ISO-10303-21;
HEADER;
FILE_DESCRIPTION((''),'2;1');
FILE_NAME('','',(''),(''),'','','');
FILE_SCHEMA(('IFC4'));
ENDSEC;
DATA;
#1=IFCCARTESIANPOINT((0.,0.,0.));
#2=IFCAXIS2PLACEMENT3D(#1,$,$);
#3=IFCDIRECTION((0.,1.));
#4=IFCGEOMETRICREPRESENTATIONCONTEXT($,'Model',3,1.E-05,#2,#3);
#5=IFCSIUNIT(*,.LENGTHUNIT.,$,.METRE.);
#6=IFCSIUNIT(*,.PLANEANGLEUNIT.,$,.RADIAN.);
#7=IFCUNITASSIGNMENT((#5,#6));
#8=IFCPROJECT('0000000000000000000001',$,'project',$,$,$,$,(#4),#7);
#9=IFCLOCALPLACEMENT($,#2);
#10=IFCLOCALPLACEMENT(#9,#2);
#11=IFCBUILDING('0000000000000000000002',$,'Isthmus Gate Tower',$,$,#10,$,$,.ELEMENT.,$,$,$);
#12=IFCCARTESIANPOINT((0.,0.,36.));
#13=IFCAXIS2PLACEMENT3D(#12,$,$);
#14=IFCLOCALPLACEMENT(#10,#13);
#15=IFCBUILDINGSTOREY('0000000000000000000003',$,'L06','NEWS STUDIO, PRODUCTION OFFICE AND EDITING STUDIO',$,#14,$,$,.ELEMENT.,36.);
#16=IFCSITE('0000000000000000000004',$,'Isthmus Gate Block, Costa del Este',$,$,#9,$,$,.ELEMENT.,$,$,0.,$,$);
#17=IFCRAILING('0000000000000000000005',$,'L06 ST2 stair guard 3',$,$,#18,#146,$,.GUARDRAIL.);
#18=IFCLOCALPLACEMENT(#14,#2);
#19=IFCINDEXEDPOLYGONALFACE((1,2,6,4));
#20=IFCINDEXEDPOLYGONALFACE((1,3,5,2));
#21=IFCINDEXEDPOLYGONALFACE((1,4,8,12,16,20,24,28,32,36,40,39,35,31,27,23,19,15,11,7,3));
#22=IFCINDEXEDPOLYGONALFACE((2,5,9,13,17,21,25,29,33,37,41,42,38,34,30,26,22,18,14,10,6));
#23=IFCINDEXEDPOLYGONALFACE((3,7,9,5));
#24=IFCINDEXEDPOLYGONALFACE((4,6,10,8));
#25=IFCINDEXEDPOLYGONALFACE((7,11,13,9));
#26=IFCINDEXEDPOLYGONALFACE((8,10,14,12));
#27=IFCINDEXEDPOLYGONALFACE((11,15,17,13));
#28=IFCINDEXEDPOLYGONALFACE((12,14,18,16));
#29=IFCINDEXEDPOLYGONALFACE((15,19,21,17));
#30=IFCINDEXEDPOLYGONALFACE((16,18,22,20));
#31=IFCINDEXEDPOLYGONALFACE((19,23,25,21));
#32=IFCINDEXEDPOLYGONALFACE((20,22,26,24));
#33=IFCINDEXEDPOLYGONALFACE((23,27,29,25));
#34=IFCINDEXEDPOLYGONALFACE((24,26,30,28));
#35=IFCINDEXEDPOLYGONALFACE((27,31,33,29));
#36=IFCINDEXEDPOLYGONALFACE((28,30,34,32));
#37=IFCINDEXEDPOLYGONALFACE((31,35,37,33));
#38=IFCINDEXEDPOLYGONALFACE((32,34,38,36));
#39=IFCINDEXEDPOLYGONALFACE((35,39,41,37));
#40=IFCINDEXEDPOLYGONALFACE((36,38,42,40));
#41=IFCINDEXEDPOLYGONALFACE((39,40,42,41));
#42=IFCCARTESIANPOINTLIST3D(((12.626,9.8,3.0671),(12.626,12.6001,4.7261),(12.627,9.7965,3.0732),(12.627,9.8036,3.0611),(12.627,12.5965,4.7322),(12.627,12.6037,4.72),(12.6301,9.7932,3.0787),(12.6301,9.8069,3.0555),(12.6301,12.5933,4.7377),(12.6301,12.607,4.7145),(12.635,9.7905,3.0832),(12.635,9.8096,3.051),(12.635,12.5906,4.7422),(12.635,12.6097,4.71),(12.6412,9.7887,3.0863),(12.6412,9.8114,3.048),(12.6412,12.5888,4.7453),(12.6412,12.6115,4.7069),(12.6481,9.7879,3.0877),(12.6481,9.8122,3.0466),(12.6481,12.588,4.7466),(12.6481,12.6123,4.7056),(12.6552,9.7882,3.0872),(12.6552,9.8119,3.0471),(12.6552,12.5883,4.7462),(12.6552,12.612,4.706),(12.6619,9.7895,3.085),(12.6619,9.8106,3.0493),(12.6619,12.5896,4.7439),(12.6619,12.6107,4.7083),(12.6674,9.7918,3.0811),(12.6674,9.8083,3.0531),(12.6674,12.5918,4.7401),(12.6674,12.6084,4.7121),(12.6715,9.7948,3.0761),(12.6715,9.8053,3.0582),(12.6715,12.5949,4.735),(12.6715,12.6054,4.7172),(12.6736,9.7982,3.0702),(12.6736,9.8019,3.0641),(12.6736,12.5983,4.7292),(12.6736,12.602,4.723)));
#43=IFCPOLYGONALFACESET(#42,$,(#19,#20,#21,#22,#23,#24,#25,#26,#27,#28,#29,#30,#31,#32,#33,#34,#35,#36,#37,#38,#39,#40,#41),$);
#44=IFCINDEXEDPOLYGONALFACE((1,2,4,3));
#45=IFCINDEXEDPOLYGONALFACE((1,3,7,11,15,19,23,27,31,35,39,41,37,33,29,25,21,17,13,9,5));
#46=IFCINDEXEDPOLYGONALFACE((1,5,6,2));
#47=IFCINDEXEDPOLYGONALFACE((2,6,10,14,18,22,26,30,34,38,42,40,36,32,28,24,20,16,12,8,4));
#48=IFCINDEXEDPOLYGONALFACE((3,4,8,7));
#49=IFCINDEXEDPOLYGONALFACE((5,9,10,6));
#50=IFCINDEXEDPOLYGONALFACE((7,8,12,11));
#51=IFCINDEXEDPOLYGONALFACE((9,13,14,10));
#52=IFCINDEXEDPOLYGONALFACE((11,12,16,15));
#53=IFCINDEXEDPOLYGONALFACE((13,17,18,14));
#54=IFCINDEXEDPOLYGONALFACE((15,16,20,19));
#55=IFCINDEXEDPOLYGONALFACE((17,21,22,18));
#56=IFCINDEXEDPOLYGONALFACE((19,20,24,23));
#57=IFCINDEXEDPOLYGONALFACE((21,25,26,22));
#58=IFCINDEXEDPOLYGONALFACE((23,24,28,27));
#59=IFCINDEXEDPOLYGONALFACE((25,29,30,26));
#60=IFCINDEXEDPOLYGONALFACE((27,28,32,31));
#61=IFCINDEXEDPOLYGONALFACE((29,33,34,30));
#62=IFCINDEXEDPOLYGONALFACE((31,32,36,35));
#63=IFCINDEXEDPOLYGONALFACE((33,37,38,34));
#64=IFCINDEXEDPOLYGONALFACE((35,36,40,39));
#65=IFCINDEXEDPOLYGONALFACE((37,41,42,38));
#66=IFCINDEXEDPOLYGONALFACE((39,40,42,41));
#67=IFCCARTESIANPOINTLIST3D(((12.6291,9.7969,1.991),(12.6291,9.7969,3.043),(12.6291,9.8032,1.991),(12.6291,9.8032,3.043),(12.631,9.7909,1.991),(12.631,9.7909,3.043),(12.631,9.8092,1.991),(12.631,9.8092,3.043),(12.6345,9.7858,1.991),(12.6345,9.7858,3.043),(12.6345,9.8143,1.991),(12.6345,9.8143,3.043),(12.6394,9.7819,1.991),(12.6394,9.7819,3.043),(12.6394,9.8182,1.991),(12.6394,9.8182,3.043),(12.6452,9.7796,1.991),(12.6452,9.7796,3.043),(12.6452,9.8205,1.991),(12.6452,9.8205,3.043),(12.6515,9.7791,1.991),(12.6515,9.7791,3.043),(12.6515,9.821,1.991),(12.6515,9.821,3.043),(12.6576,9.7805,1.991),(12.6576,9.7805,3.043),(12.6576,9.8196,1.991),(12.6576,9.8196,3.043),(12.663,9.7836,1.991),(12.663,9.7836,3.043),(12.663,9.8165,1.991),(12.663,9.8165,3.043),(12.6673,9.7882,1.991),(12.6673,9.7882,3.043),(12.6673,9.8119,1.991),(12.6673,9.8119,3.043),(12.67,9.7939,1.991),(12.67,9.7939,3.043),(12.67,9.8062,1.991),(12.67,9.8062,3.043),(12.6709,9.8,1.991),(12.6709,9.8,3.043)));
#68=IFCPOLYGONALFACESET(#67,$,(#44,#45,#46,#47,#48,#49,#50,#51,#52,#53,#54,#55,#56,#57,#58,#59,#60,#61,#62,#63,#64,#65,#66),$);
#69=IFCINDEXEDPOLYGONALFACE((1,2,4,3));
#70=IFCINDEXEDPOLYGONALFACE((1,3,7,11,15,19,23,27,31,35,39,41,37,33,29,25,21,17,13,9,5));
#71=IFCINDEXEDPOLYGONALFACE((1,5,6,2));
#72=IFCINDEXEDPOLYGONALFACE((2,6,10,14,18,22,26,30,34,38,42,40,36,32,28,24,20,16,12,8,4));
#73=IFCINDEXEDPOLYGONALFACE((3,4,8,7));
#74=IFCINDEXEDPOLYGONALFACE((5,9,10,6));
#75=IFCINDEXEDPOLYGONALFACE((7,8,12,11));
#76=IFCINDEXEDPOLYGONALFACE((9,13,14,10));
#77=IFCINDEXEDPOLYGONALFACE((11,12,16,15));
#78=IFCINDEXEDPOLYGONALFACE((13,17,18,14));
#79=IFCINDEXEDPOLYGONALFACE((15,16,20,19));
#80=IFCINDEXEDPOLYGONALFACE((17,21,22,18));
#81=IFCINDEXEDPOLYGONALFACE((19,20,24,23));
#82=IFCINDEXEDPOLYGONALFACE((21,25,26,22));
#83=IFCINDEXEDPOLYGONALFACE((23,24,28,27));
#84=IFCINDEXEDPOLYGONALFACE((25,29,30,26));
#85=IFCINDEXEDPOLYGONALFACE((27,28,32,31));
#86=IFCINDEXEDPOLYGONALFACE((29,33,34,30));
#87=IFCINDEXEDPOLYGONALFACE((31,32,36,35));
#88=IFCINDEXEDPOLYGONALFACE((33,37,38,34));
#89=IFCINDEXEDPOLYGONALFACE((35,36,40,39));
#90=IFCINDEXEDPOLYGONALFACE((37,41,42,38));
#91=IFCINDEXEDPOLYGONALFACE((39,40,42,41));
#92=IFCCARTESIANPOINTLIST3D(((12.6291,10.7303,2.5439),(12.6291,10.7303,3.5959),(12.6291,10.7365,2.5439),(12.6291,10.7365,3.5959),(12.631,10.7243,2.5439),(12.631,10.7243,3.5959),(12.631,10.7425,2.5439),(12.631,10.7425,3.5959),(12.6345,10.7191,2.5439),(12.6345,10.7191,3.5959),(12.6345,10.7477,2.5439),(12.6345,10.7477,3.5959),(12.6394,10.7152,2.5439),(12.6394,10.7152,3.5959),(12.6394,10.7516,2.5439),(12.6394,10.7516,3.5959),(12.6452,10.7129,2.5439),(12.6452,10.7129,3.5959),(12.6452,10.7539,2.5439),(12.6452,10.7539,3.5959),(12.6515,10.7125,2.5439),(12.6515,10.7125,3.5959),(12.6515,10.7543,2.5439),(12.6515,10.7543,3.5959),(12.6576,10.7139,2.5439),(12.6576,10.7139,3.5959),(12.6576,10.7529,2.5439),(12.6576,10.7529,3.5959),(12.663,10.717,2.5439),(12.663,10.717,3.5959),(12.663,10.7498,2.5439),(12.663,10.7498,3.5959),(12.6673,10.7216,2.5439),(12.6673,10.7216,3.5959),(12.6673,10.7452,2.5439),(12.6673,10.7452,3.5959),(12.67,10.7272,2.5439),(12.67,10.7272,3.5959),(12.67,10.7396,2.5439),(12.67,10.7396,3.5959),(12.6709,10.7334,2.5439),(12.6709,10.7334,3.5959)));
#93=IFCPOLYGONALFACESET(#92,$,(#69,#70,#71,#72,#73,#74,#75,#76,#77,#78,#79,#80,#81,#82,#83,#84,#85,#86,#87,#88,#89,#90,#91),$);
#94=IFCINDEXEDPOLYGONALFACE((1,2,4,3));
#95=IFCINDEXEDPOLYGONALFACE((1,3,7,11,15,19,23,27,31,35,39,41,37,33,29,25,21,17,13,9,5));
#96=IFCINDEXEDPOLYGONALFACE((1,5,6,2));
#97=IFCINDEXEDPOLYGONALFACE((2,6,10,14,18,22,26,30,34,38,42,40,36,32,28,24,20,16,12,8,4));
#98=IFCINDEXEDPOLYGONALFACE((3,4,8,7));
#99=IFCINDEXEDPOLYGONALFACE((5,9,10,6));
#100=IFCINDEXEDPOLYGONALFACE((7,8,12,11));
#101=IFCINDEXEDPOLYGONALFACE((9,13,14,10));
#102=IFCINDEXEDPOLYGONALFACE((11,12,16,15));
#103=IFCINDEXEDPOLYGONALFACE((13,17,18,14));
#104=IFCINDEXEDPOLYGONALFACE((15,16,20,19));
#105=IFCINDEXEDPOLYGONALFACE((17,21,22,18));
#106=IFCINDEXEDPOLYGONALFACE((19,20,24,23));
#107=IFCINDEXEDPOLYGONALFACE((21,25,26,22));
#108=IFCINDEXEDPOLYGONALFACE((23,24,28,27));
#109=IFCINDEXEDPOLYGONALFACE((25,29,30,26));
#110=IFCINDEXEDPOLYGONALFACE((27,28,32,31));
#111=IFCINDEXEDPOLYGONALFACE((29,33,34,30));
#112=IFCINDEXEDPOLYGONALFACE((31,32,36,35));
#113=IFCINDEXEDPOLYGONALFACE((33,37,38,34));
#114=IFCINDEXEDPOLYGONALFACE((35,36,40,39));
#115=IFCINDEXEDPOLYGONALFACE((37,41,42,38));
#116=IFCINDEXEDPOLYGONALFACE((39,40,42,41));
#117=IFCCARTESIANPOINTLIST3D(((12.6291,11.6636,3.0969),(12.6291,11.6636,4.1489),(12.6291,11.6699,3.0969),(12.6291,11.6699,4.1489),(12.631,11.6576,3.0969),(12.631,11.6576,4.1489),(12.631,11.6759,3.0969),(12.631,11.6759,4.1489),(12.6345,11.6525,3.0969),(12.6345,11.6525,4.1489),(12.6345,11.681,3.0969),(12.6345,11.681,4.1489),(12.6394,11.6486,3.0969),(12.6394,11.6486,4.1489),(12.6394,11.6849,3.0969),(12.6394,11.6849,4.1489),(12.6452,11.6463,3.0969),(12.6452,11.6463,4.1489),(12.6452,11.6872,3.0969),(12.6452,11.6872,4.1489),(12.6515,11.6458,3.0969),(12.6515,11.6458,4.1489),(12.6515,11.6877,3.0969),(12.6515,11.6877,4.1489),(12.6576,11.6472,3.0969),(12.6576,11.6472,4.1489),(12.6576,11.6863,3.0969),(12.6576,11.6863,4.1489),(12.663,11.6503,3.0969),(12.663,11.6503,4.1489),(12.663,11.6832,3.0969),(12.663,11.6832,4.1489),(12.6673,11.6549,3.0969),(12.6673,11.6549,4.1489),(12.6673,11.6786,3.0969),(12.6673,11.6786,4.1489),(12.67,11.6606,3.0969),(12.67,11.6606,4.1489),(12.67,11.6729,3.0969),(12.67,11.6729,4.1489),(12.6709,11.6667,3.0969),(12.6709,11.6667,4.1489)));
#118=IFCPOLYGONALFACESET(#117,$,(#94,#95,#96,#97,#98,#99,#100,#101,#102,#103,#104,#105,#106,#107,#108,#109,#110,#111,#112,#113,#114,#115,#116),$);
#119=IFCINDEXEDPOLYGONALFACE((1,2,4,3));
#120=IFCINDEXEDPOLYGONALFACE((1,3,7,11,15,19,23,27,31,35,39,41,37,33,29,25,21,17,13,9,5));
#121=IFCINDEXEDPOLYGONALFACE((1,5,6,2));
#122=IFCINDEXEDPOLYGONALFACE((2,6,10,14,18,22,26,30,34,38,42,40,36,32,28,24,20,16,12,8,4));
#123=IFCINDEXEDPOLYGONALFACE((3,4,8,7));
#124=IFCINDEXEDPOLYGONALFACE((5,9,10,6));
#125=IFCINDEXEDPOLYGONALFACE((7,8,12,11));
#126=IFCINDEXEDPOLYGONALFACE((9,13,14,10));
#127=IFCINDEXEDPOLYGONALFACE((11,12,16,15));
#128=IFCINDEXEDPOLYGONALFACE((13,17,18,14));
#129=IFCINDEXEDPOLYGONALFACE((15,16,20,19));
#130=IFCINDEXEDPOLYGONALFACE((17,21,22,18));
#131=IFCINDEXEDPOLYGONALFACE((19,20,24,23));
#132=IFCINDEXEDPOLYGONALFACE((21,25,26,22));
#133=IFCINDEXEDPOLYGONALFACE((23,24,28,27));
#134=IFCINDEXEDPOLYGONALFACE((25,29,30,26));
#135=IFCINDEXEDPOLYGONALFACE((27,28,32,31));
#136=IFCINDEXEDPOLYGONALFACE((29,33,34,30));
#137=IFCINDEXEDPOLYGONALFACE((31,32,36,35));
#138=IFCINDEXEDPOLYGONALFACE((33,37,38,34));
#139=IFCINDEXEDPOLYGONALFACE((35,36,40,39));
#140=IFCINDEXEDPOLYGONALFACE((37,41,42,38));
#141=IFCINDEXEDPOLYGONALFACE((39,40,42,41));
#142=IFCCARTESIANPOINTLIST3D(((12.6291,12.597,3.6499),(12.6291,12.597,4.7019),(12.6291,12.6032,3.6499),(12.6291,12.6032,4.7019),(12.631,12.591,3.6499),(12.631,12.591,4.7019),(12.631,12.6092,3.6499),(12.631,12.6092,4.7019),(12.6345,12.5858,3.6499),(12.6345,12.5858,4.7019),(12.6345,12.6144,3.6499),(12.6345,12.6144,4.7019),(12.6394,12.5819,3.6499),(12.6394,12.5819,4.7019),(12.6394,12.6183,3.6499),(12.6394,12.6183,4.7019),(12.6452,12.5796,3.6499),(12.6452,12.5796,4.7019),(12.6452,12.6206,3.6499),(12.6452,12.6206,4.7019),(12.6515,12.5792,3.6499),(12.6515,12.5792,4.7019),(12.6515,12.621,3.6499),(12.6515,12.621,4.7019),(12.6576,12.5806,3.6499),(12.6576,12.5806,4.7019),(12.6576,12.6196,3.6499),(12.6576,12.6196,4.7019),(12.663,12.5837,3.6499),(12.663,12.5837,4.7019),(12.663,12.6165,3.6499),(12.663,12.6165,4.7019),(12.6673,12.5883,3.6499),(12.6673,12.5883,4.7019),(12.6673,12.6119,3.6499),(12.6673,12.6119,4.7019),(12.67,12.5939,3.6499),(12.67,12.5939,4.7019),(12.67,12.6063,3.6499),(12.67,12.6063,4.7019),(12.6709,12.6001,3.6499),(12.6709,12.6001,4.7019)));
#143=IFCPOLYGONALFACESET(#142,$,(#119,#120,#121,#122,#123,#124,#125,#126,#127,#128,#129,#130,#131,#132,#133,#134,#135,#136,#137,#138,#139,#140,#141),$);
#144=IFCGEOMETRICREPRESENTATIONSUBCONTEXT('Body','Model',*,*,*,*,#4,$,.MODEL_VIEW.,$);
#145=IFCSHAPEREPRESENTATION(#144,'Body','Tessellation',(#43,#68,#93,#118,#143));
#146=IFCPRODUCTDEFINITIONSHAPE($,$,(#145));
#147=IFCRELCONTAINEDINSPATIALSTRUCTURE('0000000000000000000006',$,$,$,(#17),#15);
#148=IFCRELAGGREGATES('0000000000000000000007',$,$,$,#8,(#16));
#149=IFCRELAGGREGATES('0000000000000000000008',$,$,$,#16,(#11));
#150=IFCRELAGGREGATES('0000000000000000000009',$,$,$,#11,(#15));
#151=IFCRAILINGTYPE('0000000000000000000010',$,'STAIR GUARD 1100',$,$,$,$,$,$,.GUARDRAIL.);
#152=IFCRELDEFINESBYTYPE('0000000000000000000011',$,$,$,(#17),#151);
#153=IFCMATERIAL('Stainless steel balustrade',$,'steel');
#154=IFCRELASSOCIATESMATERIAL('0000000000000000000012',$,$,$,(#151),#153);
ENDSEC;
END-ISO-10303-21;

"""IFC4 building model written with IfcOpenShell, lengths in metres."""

from ifc_helpers import new_model, si_unit, direction, frame, origin, origin_2d, place, context, subcontext, project, spatial, circle, extrude, material, type_object, element, save


model = new_model("IFC4")

# Units and contexts
model_context = context("Model", 3, precision=1e-05, world=origin(), true_north=direction((0.0, 1.0)))
body_context = subcontext(model_context, "Body", "Model", "MODEL_VIEW")
ifc_project = project(units=[si_unit("LENGTHUNIT", "METRE"), si_unit("PLANEANGLEUNIT", "RADIAN")], contexts=[model_context])

# Site, building, storey
site_placement = place(None, origin())
site = spatial("IfcSite", under=ifc_project, at=site_placement, Name="Isthmus Gate Block, Costa del Este", CompositionType="ELEMENT", RefElevation=0.0)
building_placement = place(site_placement, origin())
building = spatial("IfcBuilding", under=site, at=building_placement, Name="Isthmus Gate Tower", CompositionType="ELEMENT")
storey_placement = place(building_placement, frame((0.0, 0.0, 36.0)))
storey = spatial("IfcBuildingStorey", under=building, at=storey_placement, Name="L06", Description="NEWS STUDIO, PRODUCTION OFFICE AND EDITING STUDIO", CompositionType="ELEMENT", Elevation=36.0)

# Railing
ifc_material_1 = material(Name="Stainless steel balustrade", Category="steel")
railing_type_1 = type_object("IfcRailingType", Name="STAIR GUARD 1100", PredefinedType="GUARDRAIL", material=ifc_material_1)
railing_1_placement = place(storey_placement, frame((12.6499, 9.8, 1.991)))
element("IfcRailing", 1, at=railing_1_placement, inside=storey, type_object=railing_type_1, Name="L06 ST2 stair guard 3", PredefinedType="GUARDRAIL", context=body_context, shape_type="SweptSolid", body=[
    extrude(circle(Radius=0.0239, at=origin_2d()), frame((0.0, 0.0, 1.0762), z_axis=(0.0, 0.860339, 0.509722), x_axis=(-1.0, 0.0, 0.0)), (0.0, 0.0, 1.0), 3.2546),
    extrude(circle(Radius=0.021, at=origin_2d()), origin(), (0.0, 0.0, 1.0), 1.052),
    extrude(circle(Radius=0.021, at=origin_2d()), frame((0.0, 0.9333, 0.553)), (0.0, 0.0, 1.0), 1.052),
    extrude(circle(Radius=0.021, at=origin_2d()), frame((0.0, 1.8667, 1.106)), (0.0, 0.0, 1.0), 1.052),
    extrude(circle(Radius=0.021, at=origin_2d()), frame((0.0, 2.8, 1.6589)), (0.0, 0.0, 1.0), 1.052),
])

save(model, "model.ifc")
